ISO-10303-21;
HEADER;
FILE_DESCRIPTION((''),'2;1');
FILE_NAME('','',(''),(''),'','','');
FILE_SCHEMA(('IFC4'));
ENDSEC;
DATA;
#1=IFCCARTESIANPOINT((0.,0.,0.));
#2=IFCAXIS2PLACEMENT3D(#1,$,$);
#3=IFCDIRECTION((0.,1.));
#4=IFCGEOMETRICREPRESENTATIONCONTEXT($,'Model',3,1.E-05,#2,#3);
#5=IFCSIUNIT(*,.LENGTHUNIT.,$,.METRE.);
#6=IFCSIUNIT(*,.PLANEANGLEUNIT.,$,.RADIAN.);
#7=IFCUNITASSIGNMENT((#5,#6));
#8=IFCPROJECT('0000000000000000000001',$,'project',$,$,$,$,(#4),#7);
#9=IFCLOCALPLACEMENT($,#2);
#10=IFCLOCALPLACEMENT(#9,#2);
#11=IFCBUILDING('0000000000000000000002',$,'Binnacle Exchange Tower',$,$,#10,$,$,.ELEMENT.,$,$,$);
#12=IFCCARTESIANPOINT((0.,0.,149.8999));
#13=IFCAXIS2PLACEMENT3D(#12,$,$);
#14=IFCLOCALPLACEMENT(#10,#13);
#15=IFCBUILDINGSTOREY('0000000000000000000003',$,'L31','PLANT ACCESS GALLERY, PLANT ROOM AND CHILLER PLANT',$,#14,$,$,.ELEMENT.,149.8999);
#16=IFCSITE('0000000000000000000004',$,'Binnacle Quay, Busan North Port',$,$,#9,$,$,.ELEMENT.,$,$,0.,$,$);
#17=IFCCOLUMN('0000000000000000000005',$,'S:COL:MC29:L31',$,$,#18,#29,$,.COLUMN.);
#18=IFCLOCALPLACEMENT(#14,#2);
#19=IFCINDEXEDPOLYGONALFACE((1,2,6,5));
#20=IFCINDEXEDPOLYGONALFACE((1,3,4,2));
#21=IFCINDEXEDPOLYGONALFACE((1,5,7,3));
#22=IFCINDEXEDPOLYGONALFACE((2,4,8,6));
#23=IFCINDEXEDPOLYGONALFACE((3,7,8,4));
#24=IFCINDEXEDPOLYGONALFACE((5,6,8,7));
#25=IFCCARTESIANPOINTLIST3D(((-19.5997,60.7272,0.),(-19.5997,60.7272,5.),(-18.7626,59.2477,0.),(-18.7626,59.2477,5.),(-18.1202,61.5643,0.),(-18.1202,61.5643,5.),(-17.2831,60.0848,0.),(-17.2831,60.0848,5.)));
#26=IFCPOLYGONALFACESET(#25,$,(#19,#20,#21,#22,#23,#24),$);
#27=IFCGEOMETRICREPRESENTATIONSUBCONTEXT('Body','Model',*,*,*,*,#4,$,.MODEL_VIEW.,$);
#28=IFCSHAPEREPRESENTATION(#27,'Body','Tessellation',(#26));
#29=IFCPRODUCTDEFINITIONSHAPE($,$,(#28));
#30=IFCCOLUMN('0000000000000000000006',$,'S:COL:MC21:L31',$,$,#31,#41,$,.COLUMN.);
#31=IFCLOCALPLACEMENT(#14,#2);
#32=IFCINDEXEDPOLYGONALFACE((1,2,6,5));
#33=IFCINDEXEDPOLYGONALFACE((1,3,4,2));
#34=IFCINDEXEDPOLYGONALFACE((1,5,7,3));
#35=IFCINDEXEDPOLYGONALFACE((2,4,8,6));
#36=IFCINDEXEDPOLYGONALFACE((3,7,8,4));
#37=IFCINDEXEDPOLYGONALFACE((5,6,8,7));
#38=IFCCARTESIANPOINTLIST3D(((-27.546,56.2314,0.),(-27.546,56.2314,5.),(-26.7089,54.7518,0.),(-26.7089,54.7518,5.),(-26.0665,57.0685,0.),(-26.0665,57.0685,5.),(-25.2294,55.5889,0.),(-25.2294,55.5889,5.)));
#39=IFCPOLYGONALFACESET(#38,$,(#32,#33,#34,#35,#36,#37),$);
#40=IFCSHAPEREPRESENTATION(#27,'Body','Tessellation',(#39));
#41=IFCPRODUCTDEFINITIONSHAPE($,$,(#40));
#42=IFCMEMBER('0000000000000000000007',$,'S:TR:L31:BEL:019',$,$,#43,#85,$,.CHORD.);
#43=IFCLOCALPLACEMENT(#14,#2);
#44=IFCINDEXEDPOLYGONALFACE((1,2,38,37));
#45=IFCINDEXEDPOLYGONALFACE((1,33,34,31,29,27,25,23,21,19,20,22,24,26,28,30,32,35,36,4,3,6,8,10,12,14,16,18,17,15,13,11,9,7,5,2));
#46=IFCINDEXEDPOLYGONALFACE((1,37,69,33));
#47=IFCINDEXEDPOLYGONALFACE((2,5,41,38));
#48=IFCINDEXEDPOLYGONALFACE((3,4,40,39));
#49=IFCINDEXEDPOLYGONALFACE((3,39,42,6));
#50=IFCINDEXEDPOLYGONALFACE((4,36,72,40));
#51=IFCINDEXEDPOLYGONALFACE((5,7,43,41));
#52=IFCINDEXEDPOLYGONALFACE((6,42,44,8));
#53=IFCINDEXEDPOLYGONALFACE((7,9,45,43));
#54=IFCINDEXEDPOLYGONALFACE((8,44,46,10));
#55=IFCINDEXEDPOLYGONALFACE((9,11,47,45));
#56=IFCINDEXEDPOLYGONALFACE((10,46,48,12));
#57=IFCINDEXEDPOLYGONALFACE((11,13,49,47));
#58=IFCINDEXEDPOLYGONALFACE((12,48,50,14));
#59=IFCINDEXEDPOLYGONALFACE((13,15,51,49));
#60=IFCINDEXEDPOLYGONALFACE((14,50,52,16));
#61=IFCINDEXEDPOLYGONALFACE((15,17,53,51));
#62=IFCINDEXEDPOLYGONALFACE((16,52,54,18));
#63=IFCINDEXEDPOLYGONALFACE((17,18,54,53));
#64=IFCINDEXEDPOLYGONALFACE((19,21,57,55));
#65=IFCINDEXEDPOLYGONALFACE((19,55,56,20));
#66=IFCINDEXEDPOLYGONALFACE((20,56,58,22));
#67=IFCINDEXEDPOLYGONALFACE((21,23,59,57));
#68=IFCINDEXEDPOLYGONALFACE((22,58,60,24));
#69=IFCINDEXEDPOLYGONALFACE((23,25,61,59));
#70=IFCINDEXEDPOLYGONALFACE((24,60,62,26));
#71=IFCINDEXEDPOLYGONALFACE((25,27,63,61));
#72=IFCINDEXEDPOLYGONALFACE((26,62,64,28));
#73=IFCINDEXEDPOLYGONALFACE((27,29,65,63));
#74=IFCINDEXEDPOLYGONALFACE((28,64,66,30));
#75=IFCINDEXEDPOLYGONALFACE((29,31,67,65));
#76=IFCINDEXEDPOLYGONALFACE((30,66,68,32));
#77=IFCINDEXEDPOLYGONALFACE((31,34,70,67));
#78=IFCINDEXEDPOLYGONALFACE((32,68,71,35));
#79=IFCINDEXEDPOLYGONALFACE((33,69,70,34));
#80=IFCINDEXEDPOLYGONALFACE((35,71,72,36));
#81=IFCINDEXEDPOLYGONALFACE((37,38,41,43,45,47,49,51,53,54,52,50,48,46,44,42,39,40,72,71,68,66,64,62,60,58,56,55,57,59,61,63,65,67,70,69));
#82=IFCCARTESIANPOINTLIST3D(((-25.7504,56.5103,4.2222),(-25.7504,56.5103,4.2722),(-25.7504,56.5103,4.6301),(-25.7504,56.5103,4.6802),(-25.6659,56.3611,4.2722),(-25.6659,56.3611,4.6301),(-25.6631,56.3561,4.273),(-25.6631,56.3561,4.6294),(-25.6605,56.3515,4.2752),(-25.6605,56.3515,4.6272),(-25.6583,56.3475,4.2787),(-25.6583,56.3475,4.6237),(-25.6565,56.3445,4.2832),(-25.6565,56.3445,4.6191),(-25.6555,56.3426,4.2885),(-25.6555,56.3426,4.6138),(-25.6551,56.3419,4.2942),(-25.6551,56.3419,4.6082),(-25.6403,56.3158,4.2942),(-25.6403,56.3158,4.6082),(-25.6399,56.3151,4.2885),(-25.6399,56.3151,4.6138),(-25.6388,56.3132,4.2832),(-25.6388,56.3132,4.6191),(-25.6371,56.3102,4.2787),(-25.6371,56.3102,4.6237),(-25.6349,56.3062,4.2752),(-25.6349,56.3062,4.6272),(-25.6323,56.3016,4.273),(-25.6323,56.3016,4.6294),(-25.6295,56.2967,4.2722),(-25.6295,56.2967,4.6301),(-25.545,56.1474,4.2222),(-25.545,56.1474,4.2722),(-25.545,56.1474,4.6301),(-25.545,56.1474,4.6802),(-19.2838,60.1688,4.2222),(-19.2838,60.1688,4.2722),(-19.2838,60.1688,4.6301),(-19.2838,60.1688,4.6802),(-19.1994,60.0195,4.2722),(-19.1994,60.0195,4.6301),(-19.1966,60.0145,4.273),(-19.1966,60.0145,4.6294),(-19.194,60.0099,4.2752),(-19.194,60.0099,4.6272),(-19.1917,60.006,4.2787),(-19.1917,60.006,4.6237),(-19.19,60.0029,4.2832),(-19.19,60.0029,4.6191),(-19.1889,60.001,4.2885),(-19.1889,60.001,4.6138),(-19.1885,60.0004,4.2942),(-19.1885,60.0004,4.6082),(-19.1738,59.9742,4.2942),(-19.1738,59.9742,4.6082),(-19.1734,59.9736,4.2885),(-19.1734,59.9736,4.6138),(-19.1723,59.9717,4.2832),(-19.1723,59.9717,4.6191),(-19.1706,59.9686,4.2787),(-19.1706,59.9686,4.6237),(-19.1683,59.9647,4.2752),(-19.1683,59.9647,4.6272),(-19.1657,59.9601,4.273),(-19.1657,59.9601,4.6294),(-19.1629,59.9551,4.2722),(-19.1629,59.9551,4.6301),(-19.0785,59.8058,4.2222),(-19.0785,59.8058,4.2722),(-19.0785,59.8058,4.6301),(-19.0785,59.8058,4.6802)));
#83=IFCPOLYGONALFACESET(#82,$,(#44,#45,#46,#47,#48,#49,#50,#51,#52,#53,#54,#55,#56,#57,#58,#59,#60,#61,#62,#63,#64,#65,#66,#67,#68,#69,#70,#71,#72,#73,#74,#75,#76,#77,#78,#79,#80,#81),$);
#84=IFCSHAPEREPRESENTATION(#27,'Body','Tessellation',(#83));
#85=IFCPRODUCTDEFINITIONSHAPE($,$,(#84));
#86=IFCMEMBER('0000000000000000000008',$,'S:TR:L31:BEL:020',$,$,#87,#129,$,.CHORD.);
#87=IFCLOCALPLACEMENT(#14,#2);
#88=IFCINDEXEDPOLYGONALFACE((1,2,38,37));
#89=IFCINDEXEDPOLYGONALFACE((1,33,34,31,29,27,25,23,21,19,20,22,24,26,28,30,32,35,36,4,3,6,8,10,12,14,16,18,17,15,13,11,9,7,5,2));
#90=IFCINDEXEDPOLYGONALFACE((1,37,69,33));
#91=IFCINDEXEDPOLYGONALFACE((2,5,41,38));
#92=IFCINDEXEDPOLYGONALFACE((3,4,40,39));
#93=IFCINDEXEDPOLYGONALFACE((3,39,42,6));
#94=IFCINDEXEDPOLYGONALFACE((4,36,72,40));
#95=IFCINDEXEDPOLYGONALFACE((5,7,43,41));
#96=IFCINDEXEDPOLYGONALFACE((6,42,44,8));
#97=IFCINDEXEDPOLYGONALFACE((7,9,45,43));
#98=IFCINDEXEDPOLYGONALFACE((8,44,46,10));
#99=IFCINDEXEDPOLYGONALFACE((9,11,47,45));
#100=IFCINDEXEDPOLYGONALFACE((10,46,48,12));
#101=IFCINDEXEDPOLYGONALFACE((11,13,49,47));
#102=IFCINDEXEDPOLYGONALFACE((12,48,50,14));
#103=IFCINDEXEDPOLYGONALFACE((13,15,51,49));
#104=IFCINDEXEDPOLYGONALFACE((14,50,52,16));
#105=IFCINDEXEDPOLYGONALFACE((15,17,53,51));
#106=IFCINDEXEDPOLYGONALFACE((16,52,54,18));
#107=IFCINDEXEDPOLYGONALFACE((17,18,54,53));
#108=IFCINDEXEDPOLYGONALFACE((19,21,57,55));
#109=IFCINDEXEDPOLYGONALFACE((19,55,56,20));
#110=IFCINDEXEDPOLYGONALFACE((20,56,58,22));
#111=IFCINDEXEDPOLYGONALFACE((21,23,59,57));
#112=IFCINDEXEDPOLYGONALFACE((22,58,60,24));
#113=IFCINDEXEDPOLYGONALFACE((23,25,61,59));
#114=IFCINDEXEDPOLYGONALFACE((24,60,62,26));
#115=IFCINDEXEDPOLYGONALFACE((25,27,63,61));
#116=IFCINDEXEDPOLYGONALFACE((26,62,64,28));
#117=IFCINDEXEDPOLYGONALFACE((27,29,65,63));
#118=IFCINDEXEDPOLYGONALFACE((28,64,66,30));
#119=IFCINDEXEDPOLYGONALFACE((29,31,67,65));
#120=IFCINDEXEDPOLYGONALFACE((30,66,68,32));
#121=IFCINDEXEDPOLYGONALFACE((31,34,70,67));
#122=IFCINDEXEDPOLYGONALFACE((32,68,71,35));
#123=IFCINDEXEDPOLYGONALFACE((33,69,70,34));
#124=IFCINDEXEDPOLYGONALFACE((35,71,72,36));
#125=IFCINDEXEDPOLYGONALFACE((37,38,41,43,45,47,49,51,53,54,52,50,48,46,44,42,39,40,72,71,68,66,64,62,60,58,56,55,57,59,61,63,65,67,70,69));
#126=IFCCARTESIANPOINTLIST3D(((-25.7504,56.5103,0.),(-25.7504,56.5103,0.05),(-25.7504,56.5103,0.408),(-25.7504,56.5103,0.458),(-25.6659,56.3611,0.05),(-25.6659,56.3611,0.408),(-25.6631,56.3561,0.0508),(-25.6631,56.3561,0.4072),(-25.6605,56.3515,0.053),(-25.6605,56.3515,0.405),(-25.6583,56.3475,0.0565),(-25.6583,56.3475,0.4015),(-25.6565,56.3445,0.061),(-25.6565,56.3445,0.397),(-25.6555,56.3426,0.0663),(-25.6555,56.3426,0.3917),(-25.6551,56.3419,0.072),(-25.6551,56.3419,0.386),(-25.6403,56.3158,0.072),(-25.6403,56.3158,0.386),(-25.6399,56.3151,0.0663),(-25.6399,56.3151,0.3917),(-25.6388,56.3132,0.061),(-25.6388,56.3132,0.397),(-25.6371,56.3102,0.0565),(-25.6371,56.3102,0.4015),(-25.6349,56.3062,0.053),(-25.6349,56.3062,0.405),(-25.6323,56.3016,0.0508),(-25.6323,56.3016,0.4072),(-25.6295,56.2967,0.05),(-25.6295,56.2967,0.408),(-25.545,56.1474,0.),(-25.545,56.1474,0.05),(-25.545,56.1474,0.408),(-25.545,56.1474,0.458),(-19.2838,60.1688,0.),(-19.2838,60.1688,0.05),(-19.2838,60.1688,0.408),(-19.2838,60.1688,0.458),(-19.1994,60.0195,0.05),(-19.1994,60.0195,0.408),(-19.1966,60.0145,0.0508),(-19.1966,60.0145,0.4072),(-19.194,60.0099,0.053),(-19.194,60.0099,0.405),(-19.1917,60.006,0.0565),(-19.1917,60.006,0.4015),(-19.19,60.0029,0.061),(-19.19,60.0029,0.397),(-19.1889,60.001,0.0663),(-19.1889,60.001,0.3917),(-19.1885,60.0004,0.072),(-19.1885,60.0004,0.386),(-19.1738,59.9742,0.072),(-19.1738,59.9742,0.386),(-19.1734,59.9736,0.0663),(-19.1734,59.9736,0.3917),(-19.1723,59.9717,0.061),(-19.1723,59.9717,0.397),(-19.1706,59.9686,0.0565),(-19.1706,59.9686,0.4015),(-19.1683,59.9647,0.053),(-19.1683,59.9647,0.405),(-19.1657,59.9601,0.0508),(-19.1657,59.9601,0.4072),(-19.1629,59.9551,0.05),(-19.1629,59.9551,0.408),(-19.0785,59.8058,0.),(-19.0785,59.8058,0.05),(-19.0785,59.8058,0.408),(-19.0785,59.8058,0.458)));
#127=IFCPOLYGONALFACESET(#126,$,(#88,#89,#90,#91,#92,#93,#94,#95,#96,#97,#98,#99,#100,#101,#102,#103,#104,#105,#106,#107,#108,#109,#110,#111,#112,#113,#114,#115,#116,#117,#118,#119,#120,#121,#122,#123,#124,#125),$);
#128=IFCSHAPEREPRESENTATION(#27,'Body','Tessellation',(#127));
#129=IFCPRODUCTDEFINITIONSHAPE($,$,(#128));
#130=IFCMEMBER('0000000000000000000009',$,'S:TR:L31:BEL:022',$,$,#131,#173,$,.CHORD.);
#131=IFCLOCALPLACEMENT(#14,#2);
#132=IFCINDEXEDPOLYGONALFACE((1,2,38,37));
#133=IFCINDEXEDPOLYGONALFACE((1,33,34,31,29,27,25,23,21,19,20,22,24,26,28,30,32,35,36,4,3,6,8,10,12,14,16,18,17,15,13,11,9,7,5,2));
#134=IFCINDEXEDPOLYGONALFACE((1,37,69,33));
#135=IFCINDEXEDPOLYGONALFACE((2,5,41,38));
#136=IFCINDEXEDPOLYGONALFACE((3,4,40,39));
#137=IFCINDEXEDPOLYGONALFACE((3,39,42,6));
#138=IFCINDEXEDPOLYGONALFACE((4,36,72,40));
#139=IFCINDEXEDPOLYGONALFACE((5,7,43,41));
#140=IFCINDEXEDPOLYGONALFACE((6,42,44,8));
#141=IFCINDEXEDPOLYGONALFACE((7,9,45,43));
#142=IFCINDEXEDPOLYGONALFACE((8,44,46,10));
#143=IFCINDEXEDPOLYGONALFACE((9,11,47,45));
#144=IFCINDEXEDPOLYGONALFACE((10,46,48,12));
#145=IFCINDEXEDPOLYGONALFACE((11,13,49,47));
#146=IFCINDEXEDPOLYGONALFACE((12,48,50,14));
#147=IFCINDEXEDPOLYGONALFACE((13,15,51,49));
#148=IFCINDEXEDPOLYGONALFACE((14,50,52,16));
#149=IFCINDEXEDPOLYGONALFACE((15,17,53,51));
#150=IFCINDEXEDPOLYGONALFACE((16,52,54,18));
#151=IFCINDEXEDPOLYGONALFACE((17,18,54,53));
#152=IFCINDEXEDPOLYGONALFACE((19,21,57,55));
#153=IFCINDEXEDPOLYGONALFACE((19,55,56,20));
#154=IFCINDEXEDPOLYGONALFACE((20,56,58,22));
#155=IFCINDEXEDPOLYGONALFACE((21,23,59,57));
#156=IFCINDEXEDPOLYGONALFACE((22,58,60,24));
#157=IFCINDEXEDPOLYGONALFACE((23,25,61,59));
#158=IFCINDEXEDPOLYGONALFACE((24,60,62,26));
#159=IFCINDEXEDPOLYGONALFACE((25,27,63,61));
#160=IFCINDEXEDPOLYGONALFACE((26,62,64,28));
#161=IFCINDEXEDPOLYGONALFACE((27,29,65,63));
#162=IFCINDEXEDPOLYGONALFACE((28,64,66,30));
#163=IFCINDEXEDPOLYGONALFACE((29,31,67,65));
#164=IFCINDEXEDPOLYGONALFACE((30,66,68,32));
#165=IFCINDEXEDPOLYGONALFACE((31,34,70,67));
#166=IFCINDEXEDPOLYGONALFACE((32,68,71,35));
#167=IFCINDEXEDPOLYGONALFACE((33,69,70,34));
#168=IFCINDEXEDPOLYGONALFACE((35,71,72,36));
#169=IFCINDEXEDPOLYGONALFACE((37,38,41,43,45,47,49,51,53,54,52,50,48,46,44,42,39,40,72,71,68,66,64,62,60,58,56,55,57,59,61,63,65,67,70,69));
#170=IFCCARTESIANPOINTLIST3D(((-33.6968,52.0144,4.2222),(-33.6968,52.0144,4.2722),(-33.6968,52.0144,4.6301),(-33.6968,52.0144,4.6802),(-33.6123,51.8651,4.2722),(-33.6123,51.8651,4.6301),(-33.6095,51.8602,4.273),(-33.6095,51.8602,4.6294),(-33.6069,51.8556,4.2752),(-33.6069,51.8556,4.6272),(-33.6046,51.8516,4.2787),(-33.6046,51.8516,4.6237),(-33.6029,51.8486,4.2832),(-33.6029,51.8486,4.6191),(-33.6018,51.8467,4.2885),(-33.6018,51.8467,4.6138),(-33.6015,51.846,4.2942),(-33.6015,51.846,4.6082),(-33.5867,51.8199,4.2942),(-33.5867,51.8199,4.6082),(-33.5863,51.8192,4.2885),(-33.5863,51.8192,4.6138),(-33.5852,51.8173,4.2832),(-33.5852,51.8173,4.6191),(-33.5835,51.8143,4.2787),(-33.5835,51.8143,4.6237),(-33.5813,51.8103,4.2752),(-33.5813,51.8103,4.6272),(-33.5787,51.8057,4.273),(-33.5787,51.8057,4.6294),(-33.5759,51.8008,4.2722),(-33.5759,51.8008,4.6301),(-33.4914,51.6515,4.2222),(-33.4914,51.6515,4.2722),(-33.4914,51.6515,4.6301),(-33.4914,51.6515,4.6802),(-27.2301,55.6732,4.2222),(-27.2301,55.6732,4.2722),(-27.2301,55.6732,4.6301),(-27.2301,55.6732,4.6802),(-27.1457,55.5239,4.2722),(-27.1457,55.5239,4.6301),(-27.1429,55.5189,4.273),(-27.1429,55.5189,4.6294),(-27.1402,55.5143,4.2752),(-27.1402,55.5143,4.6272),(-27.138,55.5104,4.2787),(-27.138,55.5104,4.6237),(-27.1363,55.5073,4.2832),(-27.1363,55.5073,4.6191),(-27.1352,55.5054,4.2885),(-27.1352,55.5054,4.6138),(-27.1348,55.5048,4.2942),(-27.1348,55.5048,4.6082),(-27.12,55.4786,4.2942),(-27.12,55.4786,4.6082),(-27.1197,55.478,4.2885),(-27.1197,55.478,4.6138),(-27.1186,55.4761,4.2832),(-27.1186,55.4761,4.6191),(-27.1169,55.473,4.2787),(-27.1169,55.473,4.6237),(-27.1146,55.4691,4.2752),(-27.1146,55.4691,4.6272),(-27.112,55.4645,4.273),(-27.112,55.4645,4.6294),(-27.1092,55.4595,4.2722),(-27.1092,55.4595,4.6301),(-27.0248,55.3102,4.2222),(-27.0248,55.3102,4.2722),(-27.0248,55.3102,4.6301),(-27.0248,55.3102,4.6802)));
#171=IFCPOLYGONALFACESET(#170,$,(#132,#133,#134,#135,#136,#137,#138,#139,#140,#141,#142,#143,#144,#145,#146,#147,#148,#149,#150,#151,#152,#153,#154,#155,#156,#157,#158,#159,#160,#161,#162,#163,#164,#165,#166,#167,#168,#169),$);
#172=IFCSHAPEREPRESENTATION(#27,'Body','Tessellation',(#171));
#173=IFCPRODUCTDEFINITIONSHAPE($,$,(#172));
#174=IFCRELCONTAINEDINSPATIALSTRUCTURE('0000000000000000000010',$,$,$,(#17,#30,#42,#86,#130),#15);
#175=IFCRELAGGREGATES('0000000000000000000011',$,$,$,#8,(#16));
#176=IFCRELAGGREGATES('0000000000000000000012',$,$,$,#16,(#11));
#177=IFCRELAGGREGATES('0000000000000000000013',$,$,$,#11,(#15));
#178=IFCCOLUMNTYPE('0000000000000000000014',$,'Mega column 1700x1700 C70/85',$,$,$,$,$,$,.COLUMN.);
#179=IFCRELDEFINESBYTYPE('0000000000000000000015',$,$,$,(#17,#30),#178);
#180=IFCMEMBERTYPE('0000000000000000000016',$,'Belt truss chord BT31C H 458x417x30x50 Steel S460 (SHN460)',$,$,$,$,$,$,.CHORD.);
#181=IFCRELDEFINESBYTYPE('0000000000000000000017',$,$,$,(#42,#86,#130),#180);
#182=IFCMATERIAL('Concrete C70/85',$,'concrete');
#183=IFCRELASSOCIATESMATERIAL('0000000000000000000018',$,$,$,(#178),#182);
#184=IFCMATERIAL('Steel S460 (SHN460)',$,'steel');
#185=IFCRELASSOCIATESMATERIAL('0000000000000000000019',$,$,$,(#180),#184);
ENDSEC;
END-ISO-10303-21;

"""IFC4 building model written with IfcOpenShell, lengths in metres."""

from ifc_helpers import new_model, si_unit, direction, frame, origin, origin_2d, place, context, subcontext, project, spatial, rectangle, i_section, extrude, material, material_profile, profile_set, type_object, element, save


model = new_model("IFC4")

# Units and contexts
model_context = context("Model", 3, precision=1e-05, world=origin(), true_north=direction((0.0, 1.0)))
body_context = subcontext(model_context, "Body", "Model", "MODEL_VIEW")
ifc_project = project(units=[si_unit("LENGTHUNIT", "METRE"), si_unit("PLANEANGLEUNIT", "RADIAN")], contexts=[model_context])

# Site, building, storey
site_placement = place(None, origin())
site = spatial("IfcSite", under=ifc_project, at=site_placement, Name="Binnacle Quay, Busan North Port", CompositionType="ELEMENT", RefElevation=0.0)
building_placement = place(site_placement, origin())
building = spatial("IfcBuilding", under=site, at=building_placement, Name="Binnacle Exchange Tower", CompositionType="ELEMENT")
storey_placement = place(building_placement, frame((0.0, 0.0, 149.8999)))
storey = spatial("IfcBuildingStorey", under=building, at=storey_placement, Name="L31", Description="PLANT ACCESS GALLERY, PLANT ROOM AND CHILLER PLANT", CompositionType="ELEMENT", Elevation=149.8999)

# Columns
ifc_material_1 = material(Name="Concrete C70/85", Category="concrete")
ifc_material_profile_1 = material_profile(ifc_material_1, rectangle(XDim=1.7, YDim=1.7, at=origin_2d()), Name="Mega column 1700x1700 C70/85")
ifc_profile_set_1 = profile_set([ifc_material_profile_1], Name="Concrete C70/85")
column_type = type_object("IfcColumnType", Name="Mega column 1700x1700 C70/85", PredefinedType="COLUMN", material=ifc_profile_set_1)
for number, where, z_axis, x_axis, name in (
    (1, (-18.4414, 60.406, 0.0), (0.0, 0.0, 1.0), (-0.870356, -0.492424, 0.0), "S:COL:MC29:L31"),
    (2, (-26.3877, 55.9102, 0.0), (0.0, 0.0, 1.0), (-0.870356, -0.492424, 0.0), "S:COL:MC21:L31"),
):
    element("IfcColumn", number, at=place(storey_placement, frame(where, z_axis=z_axis, x_axis=x_axis)), inside=storey, type_object=column_type, Name=name, PredefinedType="COLUMN", context=body_context, shape_type="SweptSolid", body=[
        extrude(rectangle(XDim=1.7, YDim=1.7, at=origin_2d()), origin(), (0.0, 0.0, 1.0), 5.0),
    ])

# Members
ifc_material_2 = material(Name="Steel S460 (SHN460)", Category="steel")
ifc_material_profile_2 = material_profile(ifc_material_2, i_section(OverallWidth=0.417, OverallDepth=0.458, WebThickness=0.03, FlangeThickness=0.05, FilletRadius=0.022, at=origin_2d()), Name="H 458x417x30x50")
ifc_profile_set_2 = profile_set([ifc_material_profile_2], Name="Steel S460 (SHN460)")
member_type_1 = type_object("IfcMemberType", Name="Belt truss chord BT31C H 458x417x30x50 Steel S460 (SHN460)", PredefinedType="CHORD", material=ifc_profile_set_2)
for number, where, z_axis, x_axis, name in (
    (3, (-19.1812, 59.9873, 4.4512), (-0.870364, -0.492408, 0.0), (0.492408, -0.870364, 0.0), "S:TR:L31:BEL:019"),
    (4, (-19.1812, 59.9873, 0.229), (-0.870364, -0.492408, 0.0), (0.492408, -0.870364, 0.0), "S:TR:L31:BEL:020"),
):
    element("IfcMember", number, at=place(storey_placement, frame(where, z_axis=z_axis, x_axis=x_axis)), inside=storey, type_object=member_type_1, Name=name, PredefinedType="CHORD", context=body_context, shape_type="SweptSolid", body=[
        extrude(i_section(OverallWidth=0.417, OverallDepth=0.458, WebThickness=0.03, FlangeThickness=0.05, FilletRadius=0.022, at=origin_2d()), origin(), (0.0, 0.0, 1.0), 7.4297),
    ])
for number, where, z_axis, x_axis, name in (
    (5, (-27.1274, 55.4917, 4.4512), (-0.87035, -0.492433, 0.0), (0.492433, -0.87035, 0.0), "S:TR:L31:BEL:022"),
):
    element("IfcMember", number, at=place(storey_placement, frame(where, z_axis=z_axis, x_axis=x_axis)), inside=storey, type_object=member_type_1, Name=name, PredefinedType="CHORD", context=body_context, shape_type="SweptSolid", body=[
        extrude(i_section(OverallWidth=0.417, OverallDepth=0.458, WebThickness=0.03, FlangeThickness=0.05, FilletRadius=0.022, at=origin_2d()), origin(), (0.0, 0.0, 1.0), 7.4299),
    ])

save(model, "model.ifc")
